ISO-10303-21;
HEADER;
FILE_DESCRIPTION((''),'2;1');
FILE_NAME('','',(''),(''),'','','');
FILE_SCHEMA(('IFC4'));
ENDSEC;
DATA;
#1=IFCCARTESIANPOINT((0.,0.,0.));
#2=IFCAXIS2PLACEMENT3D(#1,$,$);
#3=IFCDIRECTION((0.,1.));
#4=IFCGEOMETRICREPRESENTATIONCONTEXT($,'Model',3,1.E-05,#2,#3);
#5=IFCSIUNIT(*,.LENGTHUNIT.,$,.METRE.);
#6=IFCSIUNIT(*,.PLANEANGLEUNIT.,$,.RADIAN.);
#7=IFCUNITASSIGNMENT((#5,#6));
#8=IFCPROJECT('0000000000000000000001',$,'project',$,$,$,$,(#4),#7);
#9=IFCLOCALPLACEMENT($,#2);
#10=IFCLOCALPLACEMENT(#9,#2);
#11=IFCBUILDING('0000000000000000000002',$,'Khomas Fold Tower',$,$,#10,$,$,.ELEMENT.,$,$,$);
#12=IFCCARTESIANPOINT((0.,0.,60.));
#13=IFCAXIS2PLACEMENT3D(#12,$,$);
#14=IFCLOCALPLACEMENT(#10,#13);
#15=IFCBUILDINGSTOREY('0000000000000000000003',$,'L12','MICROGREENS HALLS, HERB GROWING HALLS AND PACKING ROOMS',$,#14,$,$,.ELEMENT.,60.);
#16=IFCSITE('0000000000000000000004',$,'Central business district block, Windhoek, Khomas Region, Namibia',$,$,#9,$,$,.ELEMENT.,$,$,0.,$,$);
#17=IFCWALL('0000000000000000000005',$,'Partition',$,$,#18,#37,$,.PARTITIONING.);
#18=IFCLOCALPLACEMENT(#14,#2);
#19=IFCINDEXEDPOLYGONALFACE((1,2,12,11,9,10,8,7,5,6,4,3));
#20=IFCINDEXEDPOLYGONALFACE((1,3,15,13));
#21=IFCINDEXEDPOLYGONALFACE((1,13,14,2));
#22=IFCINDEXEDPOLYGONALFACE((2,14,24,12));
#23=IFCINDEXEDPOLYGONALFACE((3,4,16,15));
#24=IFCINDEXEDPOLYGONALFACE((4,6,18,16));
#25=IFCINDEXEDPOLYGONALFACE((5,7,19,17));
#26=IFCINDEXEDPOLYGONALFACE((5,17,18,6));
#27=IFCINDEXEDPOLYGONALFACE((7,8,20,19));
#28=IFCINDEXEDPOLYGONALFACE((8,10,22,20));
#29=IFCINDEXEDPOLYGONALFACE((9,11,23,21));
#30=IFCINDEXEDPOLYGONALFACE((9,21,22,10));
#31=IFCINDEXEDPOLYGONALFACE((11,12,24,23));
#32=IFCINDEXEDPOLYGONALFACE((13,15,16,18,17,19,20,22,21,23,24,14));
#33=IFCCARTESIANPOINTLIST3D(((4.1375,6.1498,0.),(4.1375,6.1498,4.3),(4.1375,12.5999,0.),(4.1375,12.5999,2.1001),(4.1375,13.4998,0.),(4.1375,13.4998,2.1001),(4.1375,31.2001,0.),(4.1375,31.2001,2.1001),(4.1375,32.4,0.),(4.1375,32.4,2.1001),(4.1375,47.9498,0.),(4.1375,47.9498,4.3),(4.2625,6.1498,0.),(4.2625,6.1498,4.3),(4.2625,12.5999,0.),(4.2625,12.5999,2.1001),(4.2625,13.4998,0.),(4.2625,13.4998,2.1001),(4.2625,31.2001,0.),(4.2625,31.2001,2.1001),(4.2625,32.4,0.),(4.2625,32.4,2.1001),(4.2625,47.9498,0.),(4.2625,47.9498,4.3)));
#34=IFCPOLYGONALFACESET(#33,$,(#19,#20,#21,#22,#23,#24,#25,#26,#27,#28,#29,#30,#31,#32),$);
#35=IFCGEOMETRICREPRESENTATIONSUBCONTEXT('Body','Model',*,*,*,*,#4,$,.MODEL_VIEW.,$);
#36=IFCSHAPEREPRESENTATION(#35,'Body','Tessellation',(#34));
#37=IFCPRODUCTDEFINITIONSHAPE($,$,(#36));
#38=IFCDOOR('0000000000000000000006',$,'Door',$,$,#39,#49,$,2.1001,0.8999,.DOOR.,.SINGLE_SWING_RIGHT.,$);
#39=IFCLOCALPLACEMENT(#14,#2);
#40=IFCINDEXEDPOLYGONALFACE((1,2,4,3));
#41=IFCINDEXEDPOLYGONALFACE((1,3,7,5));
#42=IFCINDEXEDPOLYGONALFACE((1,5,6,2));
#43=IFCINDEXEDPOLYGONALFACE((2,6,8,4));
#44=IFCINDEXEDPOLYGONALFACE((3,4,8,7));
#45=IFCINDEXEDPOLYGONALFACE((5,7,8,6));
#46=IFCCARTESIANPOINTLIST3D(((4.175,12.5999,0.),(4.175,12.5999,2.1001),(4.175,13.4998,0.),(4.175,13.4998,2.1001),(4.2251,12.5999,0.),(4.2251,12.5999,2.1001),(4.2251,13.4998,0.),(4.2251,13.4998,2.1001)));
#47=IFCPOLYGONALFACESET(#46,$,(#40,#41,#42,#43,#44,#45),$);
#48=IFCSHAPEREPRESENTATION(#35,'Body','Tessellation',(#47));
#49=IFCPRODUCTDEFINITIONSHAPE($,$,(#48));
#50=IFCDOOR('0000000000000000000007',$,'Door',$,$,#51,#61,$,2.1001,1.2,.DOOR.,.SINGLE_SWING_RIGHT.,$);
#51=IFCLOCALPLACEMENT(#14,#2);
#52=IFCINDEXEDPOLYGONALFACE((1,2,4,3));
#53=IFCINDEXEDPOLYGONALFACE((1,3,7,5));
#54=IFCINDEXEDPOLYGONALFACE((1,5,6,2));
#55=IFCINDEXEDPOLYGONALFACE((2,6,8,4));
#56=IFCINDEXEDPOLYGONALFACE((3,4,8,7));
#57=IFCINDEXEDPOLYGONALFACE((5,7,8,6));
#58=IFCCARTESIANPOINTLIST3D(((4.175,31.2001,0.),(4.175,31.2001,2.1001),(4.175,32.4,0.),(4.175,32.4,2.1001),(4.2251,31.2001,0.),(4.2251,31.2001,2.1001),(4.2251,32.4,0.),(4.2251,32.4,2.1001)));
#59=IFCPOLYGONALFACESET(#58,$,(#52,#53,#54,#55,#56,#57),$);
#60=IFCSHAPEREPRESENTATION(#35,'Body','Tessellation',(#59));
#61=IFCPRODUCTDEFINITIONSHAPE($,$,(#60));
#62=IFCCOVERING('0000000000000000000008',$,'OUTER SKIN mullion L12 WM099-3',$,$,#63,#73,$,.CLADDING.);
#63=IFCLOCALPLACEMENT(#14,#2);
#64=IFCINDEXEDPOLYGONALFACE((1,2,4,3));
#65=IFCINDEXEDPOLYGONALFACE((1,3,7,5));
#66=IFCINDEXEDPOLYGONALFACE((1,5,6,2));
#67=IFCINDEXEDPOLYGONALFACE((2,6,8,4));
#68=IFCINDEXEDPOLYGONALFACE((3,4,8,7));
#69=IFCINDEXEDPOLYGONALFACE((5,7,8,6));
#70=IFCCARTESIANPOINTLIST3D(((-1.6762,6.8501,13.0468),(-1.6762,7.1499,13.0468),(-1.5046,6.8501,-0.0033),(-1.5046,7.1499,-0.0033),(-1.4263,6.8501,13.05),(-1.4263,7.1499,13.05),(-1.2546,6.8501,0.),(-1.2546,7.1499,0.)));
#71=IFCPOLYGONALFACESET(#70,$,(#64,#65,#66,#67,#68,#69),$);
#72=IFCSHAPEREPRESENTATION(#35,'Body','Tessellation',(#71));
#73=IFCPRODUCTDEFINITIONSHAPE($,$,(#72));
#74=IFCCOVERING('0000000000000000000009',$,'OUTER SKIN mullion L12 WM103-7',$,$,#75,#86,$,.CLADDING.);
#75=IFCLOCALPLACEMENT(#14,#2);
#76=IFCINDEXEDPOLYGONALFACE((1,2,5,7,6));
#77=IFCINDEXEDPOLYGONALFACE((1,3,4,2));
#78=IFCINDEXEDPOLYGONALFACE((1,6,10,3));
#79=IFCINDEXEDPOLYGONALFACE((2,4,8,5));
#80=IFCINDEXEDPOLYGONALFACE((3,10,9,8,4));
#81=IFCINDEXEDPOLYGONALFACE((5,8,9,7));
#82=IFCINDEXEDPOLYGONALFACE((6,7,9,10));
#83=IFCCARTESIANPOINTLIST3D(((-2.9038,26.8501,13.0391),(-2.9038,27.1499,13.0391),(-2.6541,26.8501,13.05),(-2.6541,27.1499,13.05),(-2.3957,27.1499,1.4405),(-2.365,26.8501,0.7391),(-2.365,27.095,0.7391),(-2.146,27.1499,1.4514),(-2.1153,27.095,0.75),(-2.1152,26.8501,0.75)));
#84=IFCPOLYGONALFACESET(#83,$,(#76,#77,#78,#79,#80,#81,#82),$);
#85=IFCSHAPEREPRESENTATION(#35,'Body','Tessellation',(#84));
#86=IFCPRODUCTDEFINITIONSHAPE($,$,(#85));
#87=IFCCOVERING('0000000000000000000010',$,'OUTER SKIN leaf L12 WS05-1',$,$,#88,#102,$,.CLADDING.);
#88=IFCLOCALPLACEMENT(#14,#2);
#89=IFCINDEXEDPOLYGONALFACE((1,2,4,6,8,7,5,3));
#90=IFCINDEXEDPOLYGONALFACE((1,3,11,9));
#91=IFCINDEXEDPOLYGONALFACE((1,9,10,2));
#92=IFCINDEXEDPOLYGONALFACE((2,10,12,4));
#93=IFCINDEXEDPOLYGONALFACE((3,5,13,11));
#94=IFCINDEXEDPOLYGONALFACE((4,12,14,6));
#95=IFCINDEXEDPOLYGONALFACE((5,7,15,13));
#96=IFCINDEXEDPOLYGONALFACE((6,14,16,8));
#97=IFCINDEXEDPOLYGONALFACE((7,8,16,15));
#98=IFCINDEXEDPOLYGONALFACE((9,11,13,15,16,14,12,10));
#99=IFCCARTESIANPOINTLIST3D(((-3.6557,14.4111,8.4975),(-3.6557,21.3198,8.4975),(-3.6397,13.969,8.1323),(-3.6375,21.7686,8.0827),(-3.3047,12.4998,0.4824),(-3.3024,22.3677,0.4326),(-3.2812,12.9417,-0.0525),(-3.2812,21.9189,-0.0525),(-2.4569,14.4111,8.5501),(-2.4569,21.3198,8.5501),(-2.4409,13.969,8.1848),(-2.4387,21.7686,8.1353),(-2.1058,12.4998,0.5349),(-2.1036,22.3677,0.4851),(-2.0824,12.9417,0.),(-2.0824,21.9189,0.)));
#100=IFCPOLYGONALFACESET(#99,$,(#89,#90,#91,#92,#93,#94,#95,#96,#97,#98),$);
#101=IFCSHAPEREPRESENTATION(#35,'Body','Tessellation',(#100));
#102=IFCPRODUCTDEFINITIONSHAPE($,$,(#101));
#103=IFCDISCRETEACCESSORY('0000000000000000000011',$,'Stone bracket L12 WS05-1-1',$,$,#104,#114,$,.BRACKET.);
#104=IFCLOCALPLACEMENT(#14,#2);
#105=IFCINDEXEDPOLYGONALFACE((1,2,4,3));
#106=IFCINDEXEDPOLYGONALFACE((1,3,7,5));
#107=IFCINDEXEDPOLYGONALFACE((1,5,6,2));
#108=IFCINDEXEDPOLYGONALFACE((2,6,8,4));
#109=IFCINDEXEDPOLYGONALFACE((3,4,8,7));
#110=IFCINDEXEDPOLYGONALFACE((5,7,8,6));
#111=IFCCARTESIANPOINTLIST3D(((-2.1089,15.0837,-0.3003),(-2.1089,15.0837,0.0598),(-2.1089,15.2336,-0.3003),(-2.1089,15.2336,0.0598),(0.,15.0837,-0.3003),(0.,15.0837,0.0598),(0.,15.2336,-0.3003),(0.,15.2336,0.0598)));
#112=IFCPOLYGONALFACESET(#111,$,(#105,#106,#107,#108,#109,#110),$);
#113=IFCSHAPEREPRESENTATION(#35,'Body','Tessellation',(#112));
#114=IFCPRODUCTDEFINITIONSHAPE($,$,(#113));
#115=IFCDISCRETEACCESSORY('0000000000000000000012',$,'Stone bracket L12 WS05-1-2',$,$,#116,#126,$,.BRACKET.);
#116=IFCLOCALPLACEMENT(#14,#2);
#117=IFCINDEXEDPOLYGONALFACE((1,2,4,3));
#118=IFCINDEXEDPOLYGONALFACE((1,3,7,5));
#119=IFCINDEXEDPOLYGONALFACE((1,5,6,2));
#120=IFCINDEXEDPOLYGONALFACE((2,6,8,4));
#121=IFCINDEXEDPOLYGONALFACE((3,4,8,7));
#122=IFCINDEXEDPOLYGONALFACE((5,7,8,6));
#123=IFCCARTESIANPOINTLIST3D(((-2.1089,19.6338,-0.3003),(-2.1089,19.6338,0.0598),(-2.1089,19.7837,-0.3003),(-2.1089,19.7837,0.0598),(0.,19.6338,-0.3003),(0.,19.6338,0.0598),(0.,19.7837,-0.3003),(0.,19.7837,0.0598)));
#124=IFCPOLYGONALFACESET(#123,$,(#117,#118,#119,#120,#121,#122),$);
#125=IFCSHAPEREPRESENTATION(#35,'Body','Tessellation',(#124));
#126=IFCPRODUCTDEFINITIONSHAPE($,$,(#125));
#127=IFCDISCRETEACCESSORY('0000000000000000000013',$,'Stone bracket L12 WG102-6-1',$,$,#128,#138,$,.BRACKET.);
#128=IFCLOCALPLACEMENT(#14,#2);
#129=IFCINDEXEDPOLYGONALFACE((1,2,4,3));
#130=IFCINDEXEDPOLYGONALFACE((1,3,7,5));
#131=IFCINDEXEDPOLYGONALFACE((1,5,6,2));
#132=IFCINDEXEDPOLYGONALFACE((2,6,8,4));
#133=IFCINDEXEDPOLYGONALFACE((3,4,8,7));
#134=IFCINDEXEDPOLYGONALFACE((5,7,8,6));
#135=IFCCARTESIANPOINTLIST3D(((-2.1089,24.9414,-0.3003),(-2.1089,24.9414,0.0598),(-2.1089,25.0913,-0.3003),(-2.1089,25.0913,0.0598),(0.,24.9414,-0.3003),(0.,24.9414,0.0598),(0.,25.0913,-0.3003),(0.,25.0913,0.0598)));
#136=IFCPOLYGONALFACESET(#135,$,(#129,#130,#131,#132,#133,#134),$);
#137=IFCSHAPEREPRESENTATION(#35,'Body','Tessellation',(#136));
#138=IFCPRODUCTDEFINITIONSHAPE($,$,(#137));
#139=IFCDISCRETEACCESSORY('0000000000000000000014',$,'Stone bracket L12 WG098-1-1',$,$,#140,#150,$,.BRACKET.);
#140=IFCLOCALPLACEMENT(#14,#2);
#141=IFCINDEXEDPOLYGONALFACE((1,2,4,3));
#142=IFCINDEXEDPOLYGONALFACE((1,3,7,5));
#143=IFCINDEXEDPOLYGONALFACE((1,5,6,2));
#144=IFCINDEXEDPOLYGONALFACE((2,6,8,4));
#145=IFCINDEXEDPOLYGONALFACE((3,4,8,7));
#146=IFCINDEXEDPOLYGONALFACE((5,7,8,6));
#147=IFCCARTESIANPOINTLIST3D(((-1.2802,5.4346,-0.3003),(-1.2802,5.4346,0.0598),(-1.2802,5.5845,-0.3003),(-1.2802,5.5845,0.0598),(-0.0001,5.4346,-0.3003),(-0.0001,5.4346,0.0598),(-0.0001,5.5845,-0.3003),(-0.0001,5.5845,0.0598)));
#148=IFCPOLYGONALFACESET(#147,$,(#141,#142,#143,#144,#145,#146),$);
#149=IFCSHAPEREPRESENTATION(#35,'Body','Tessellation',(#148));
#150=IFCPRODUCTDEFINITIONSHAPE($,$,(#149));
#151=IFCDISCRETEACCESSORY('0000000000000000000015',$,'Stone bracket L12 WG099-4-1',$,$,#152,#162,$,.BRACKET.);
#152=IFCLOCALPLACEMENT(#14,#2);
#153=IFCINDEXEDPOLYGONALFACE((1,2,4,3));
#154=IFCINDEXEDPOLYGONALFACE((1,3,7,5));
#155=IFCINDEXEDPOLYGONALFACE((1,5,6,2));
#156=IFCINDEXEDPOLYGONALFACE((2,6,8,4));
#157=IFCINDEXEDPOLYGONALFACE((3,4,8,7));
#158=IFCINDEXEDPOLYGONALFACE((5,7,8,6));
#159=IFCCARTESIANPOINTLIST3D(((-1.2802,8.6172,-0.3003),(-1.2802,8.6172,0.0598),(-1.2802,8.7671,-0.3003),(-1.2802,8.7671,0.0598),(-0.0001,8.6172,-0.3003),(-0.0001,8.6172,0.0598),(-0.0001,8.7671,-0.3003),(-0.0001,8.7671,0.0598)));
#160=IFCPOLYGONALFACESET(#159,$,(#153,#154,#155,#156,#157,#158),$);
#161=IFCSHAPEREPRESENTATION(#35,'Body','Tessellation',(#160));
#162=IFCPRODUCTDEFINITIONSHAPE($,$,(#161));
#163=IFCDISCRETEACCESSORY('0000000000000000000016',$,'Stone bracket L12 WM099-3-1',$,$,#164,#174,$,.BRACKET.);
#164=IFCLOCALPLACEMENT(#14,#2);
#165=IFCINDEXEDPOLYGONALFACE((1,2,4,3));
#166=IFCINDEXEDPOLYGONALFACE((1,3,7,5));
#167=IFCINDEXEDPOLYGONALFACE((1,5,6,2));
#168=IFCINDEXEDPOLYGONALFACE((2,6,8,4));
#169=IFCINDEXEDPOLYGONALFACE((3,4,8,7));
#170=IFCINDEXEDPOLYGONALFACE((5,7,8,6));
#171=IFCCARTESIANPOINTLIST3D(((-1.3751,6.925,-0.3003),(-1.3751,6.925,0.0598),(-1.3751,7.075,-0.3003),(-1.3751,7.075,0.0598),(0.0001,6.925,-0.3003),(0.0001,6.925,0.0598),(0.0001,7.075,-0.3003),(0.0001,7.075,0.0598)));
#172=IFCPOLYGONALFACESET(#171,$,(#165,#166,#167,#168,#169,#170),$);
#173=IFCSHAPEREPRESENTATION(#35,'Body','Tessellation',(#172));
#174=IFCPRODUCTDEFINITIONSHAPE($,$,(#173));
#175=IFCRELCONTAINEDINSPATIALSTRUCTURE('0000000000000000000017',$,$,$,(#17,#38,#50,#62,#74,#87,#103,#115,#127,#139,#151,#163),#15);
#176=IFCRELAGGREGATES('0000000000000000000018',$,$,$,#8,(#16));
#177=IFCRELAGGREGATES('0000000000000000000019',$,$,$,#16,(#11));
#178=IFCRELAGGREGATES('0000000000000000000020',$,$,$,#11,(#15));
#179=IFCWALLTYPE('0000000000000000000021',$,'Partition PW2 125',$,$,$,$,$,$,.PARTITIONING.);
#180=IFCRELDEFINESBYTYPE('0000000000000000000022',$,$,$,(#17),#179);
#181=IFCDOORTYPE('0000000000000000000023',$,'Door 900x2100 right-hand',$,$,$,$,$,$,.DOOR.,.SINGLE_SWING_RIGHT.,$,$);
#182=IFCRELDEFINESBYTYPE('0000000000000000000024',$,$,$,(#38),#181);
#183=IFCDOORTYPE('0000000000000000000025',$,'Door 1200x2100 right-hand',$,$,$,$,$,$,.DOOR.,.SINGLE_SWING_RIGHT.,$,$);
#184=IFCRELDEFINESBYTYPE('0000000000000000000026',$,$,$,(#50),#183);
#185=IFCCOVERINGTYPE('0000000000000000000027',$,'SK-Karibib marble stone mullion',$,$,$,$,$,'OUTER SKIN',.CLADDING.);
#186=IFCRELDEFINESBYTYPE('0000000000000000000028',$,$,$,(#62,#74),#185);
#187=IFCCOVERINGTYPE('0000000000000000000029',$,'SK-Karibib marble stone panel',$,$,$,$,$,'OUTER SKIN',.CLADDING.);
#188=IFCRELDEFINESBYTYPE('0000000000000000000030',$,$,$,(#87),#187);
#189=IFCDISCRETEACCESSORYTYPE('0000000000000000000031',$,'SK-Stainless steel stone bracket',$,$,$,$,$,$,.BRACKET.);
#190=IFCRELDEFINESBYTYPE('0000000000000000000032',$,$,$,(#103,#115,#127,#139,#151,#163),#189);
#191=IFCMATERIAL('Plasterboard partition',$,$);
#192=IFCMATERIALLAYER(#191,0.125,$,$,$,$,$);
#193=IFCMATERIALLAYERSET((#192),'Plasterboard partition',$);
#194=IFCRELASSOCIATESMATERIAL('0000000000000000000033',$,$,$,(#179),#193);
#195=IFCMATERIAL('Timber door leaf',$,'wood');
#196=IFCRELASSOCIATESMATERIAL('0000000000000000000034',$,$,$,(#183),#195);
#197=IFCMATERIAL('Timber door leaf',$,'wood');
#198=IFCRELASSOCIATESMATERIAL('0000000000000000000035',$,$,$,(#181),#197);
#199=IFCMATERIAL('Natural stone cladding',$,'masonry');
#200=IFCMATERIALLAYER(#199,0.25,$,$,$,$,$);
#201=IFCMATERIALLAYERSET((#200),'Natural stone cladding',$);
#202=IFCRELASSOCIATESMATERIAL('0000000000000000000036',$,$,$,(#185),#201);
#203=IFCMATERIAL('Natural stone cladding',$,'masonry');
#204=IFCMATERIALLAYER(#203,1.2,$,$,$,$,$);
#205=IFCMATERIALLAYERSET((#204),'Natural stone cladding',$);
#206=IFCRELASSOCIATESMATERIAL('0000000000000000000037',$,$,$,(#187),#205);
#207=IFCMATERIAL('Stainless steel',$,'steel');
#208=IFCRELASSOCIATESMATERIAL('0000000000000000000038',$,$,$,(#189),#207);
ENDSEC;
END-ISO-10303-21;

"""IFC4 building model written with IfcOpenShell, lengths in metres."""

from ifc_helpers import new_model, si_unit, direction, frame, frame_2d, origin, origin_2d, place, context, subcontext, project, spatial, polyline, rectangle, outline, extrude, source, transform, mapped, material, layer, layer_set, type_object, element, fill, save


model = new_model("IFC4")

# Units and contexts
model_context = context("Model", 3, precision=1e-05, world=origin(), true_north=direction((0.0, 1.0)))
body_context = subcontext(model_context, "Body", "Model", "MODEL_VIEW")
ifc_project = project(units=[si_unit("LENGTHUNIT", "METRE"), si_unit("PLANEANGLEUNIT", "RADIAN")], contexts=[model_context])

# Site, building, storey
site_placement = place(None, origin())
site = spatial("IfcSite", under=ifc_project, at=site_placement, Name="Central business district block, Windhoek, Khomas Region, Namibia", CompositionType="ELEMENT", RefElevation=0.0)
building_placement = place(site_placement, origin())
building = spatial("IfcBuilding", under=site, at=building_placement, Name="Khomas Fold Tower", CompositionType="ELEMENT")
storey_placement = place(building_placement, frame((0.0, 0.0, 60.0)))
storey = spatial("IfcBuildingStorey", under=building, at=storey_placement, Name="L12", Description="MICROGREENS HALLS, HERB GROWING HALLS AND PACKING ROOMS", CompositionType="ELEMENT", Elevation=60.0)

# Wall, openings, doors
ifc_material_1 = material(Name="Plasterboard partition")
ifc_layer_1 = layer(ifc_material_1, 0.125)
ifc_layer_set_1 = layer_set([ifc_layer_1], Name="Plasterboard partition")
wall_type_1 = type_object("IfcWallType", Name="Partition PW2 125", PredefinedType="PARTITIONING", material=ifc_layer_set_1)
shared_shape_1 = source(origin(), body_context, "Body", "SweptSolid", [
    extrude(rectangle(XDim=0.8999, YDim=2.1001, at=frame_2d((0.45, 1.05))), frame((0.0, 0.0725, 0.0), z_axis=(0.0, -1.0, 0.0), x_axis=(1.0, 0.0, 0.0)), (0.0, 0.0, 1.0), 0.145),
])
shared_shape_2 = source(origin(), body_context, "Body", "SweptSolid", [
    extrude(rectangle(XDim=1.2, YDim=2.1001, at=frame_2d((0.6001, 1.05))), frame((0.0, 0.0725, 0.0), z_axis=(0.0, -1.0, 0.0), x_axis=(1.0, 0.0, 0.0)), (0.0, 0.0, 1.0), 0.145),
])
shared_shape_3 = source(origin(), body_context, "Body", "SweptSolid", [
    extrude(rectangle(XDim=0.8999, YDim=2.1001, at=frame_2d((0.45, 1.05))), frame((0.0, 0.0249, 0.0), z_axis=(0.0, -1.0, 0.0), x_axis=(1.0, 0.0, 0.0)), (0.0, 0.0, 1.0), 0.05),
])
ifc_material_2 = material(Name="Timber door leaf", Category="wood")
door_type_1 = type_object("IfcDoorType", Name="Door 1200x2100 right-hand", OperationType="SINGLE_SWING_RIGHT", PredefinedType="DOOR", material=ifc_material_2)
shared_shape_4 = source(origin(), body_context, "Body", "SweptSolid", [
    extrude(rectangle(XDim=1.2, YDim=2.1001, at=frame_2d((0.6001, 1.05))), frame((0.0, 0.0249, 0.0), z_axis=(0.0, -1.0, 0.0), x_axis=(1.0, 0.0, 0.0)), (0.0, 0.0, 1.0), 0.05),
])
shared_shape_5 = source(origin(), body_context, "Body", "SweptSolid", [
    extrude(rectangle(XDim=41.8, YDim=0.125, at=frame_2d((20.8999, 0.0))), origin(), (0.0, 0.0, 1.0), 4.3),
])
wall_1_placement = place(storey_placement, frame((4.2, 6.1499, 0.0), z_axis=(0.0, 0.0, 1.0), x_axis=(0.0, 1.0, 0.0)))
wall_1 = element("IfcWall", 1, at=wall_1_placement, inside=storey, type_object=wall_type_1, Name="Partition", PredefinedType="PARTITIONING", context=body_context, shape_type="MappedRepresentation", body=[
    mapped(shared_shape_5, transform((0.0, 0.0, 0.0))),
])
opening_1_placement = place(wall_1_placement, frame((6.45, 0.0, 0.0)))
opening_1 = element("IfcOpeningElement", 2, at=opening_1_placement, cuts=wall_1, PredefinedType="OPENING", context=body_context, shape_type="MappedRepresentation", body=[
    mapped(shared_shape_1, transform((0.0, 0.0, 0.0))),
])
opening_2_placement = place(wall_1_placement, frame((25.05, 0.0, 0.0)))
opening_2 = element("IfcOpeningElement", 3, at=opening_2_placement, cuts=wall_1, PredefinedType="OPENING", context=body_context, shape_type="MappedRepresentation", body=[
    mapped(shared_shape_2, transform((0.0, 0.0, 0.0))),
])
ifc_material_3 = material(Name="Timber door leaf", Category="wood")
door_type_2 = type_object("IfcDoorType", Name="Door 900x2100 right-hand", OperationType="SINGLE_SWING_RIGHT", PredefinedType="DOOR", material=ifc_material_3)
door_1_placement = place(opening_1_placement, origin())
door_1 = element("IfcDoor", 4, at=door_1_placement, inside=storey, type_object=door_type_2, Name="Door", OperationType="SINGLE_SWING_RIGHT", OverallHeight=2.1001, OverallWidth=0.8999, PredefinedType="DOOR", context=body_context, shape_type="MappedRepresentation", body=[
    mapped(shared_shape_3, transform((0.0, 0.0, 0.0))),
])
fill(opening_1, door_1)
door_2_placement = place(opening_2_placement, origin())
door_2 = element("IfcDoor", 5, at=door_2_placement, inside=storey, type_object=door_type_1, Name="Door", OperationType="SINGLE_SWING_RIGHT", OverallHeight=2.1001, OverallWidth=1.2, PredefinedType="DOOR", context=body_context, shape_type="MappedRepresentation", body=[
    mapped(shared_shape_4, transform((0.0, 0.0, 0.0))),
])
fill(opening_2, door_2)

# Coverings
ifc_material_4 = material(Name="Natural stone cladding", Category="masonry")
ifc_layer_2 = layer(ifc_material_4, 0.25)
ifc_layer_set_2 = layer_set([ifc_layer_2], Name="Natural stone cladding")
covering_type_1 = type_object("IfcCoveringType", Name="SK-Karibib marble stone mullion", ElementType="OUTER SKIN", PredefinedType="CLADDING", material=ifc_layer_set_2)
covering_1_placement = place(storey_placement, frame((-1.2546, 6.8501, 0.0), z_axis=(0.999914, 0.0, 0.013151), x_axis=(-0.013151, 0.0, 0.999914)))
element("IfcCovering", 6, at=covering_1_placement, inside=storey, type_object=covering_type_1, Name="OUTER SKIN mullion L12 WM099-3", PredefinedType="CLADDING", context=body_context, shape_type="SweptSolid", body=[
    extrude(outline(polyline([(0.0, 0.0), (13.0512, 0.0), (13.0512, -0.2998), (0.0, -0.2998), (0.0, 0.0)])), origin(), (0.0, 0.0, -1.0), 0.25),
])
covering_2_placement = place(storey_placement, frame((-2.6541, 26.8501, 13.05), z_axis=(0.999042, 0.000059, 0.043764), x_axis=(-0.000059, 1.0, -0.000003)))
element("IfcCovering", 7, at=covering_2_placement, inside=storey, type_object=covering_type_1, Name="OUTER SKIN mullion L12 WM103-7", PredefinedType="CLADDING", context=body_context, shape_type="SweptSolid", body=[
    extrude(outline(polyline([(0.0, 0.0), (0.2998, 0.0), (0.2998, -11.6098), (0.2449, -12.3118), (0.0, -12.3118), (0.0, 0.0)])), origin(), (0.0, 0.0, -1.0), 0.25),
])
ifc_material_5 = material(Name="Natural stone cladding", Category="masonry")
ifc_layer_3 = layer(ifc_material_5, 1.2)
ifc_layer_set_3 = layer_set([ifc_layer_3], Name="Natural stone cladding")
covering_type_2 = type_object("IfcCoveringType", Name="SK-Karibib marble stone panel", ElementType="OUTER SKIN", PredefinedType="CLADDING", material=ifc_layer_set_3)
covering_3_placement = place(storey_placement, frame((-2.4387, 21.7686, 8.1353), z_axis=(0.999042, -0.000002, 0.043758), x_axis=(0.043625, 0.078002, -0.995998)))
element("IfcCovering", 8, at=covering_3_placement, inside=storey, type_object=covering_type_2, Name="OUTER SKIN leaf L12 WS05-1", PredefinedType="CLADDING", context=body_context, shape_type="SweptSolid", body=[
    extrude(outline(polyline([(0.0, 0.0), (7.6809, 0.0), (8.13, -0.4852), (7.4297, -9.4352), (6.8615, -9.834), (-0.6578, -7.7719), (-0.9878, -7.3026), (-0.4489, -0.415), (0.0, 0.0)])), origin(), (0.0, 0.0, -1.0), 1.2),
])

# Discrete accessories
ifc_material_6 = material(Name="Stainless steel", Category="steel")
discrete_accessory_type = type_object("IfcDiscreteAccessoryType", Name="SK-Stainless steel stone bracket", PredefinedType="BRACKET", material=ifc_material_6)
shared_shape_6 = source(origin(), body_context, "Body", "SweptSolid", [
    extrude(rectangle(XDim=2.1089, YDim=0.1499, at=origin_2d()), origin(), (0.0, 0.0, 1.0), 0.3601),
])
for number, where, z_axis, x_axis, name in (
    (9, (-1.0544, 15.1587, -0.3003), (0.0, 0.0, 1.0), (-1.0, 0.0, 0.0), "Stone bracket L12 WS05-1-1"),
    (10, (-1.0544, 19.7087, -0.3003), (0.0, 0.0, 1.0), (-1.0, 0.0, 0.0), "Stone bracket L12 WS05-1-2"),
    (11, (-1.0544, 25.0164, -0.3003), (0.0, 0.0, 1.0), (-1.0, 0.0, 0.0), "Stone bracket L12 WG102-6-1"),
):
    element("IfcDiscreteAccessory", number, at=place(storey_placement, frame(where, z_axis=z_axis, x_axis=x_axis)), inside=storey, type_object=discrete_accessory_type, Name=name, PredefinedType="BRACKET", context=body_context, shape_type="MappedRepresentation", body=[
        mapped(shared_shape_6, transform((0.0, 0.0, 0.0))),
    ])
shared_shape_7 = source(origin(), body_context, "Body", "SweptSolid", [
    extrude(rectangle(XDim=1.28, YDim=0.1499, at=origin_2d()), origin(), (0.0, 0.0, 1.0), 0.3601),
])
for number, where, z_axis, x_axis, name in (
    (12, (-0.6401, 5.5095, -0.3003), (0.0, 0.0, 1.0), (-1.0, 0.0, 0.0), "Stone bracket L12 WG098-1-1"),
    (13, (-0.6401, 8.6921, -0.3003), (0.0, 0.0, 1.0), (-1.0, 0.0, 0.0), "Stone bracket L12 WG099-4-1"),
):
    element("IfcDiscreteAccessory", number, at=place(storey_placement, frame(where, z_axis=z_axis, x_axis=x_axis)), inside=storey, type_object=discrete_accessory_type, Name=name, PredefinedType="BRACKET", context=body_context, shape_type="MappedRepresentation", body=[
        mapped(shared_shape_7, transform((0.0, 0.0, 0.0))),
    ])
shared_shape_8 = source(origin(), body_context, "Body", "SweptSolid", [
    extrude(rectangle(XDim=1.3752, YDim=0.1499, at=origin_2d()), origin(), (0.0, 0.0, 1.0), 0.3601),
])
discrete_accessory_1_placement = place(storey_placement, frame((-0.6875, 7.0, -0.3003), z_axis=(0.0, 0.0, 1.0), x_axis=(-1.0, 0.0, 0.0)))
element("IfcDiscreteAccessory", 14, at=discrete_accessory_1_placement, inside=storey, type_object=discrete_accessory_type, Name="Stone bracket L12 WM099-3-1", PredefinedType="BRACKET", context=body_context, shape_type="MappedRepresentation", body=[
    mapped(shared_shape_8, transform((0.0, 0.0, 0.0))),
])

save(model, "model.ifc")
